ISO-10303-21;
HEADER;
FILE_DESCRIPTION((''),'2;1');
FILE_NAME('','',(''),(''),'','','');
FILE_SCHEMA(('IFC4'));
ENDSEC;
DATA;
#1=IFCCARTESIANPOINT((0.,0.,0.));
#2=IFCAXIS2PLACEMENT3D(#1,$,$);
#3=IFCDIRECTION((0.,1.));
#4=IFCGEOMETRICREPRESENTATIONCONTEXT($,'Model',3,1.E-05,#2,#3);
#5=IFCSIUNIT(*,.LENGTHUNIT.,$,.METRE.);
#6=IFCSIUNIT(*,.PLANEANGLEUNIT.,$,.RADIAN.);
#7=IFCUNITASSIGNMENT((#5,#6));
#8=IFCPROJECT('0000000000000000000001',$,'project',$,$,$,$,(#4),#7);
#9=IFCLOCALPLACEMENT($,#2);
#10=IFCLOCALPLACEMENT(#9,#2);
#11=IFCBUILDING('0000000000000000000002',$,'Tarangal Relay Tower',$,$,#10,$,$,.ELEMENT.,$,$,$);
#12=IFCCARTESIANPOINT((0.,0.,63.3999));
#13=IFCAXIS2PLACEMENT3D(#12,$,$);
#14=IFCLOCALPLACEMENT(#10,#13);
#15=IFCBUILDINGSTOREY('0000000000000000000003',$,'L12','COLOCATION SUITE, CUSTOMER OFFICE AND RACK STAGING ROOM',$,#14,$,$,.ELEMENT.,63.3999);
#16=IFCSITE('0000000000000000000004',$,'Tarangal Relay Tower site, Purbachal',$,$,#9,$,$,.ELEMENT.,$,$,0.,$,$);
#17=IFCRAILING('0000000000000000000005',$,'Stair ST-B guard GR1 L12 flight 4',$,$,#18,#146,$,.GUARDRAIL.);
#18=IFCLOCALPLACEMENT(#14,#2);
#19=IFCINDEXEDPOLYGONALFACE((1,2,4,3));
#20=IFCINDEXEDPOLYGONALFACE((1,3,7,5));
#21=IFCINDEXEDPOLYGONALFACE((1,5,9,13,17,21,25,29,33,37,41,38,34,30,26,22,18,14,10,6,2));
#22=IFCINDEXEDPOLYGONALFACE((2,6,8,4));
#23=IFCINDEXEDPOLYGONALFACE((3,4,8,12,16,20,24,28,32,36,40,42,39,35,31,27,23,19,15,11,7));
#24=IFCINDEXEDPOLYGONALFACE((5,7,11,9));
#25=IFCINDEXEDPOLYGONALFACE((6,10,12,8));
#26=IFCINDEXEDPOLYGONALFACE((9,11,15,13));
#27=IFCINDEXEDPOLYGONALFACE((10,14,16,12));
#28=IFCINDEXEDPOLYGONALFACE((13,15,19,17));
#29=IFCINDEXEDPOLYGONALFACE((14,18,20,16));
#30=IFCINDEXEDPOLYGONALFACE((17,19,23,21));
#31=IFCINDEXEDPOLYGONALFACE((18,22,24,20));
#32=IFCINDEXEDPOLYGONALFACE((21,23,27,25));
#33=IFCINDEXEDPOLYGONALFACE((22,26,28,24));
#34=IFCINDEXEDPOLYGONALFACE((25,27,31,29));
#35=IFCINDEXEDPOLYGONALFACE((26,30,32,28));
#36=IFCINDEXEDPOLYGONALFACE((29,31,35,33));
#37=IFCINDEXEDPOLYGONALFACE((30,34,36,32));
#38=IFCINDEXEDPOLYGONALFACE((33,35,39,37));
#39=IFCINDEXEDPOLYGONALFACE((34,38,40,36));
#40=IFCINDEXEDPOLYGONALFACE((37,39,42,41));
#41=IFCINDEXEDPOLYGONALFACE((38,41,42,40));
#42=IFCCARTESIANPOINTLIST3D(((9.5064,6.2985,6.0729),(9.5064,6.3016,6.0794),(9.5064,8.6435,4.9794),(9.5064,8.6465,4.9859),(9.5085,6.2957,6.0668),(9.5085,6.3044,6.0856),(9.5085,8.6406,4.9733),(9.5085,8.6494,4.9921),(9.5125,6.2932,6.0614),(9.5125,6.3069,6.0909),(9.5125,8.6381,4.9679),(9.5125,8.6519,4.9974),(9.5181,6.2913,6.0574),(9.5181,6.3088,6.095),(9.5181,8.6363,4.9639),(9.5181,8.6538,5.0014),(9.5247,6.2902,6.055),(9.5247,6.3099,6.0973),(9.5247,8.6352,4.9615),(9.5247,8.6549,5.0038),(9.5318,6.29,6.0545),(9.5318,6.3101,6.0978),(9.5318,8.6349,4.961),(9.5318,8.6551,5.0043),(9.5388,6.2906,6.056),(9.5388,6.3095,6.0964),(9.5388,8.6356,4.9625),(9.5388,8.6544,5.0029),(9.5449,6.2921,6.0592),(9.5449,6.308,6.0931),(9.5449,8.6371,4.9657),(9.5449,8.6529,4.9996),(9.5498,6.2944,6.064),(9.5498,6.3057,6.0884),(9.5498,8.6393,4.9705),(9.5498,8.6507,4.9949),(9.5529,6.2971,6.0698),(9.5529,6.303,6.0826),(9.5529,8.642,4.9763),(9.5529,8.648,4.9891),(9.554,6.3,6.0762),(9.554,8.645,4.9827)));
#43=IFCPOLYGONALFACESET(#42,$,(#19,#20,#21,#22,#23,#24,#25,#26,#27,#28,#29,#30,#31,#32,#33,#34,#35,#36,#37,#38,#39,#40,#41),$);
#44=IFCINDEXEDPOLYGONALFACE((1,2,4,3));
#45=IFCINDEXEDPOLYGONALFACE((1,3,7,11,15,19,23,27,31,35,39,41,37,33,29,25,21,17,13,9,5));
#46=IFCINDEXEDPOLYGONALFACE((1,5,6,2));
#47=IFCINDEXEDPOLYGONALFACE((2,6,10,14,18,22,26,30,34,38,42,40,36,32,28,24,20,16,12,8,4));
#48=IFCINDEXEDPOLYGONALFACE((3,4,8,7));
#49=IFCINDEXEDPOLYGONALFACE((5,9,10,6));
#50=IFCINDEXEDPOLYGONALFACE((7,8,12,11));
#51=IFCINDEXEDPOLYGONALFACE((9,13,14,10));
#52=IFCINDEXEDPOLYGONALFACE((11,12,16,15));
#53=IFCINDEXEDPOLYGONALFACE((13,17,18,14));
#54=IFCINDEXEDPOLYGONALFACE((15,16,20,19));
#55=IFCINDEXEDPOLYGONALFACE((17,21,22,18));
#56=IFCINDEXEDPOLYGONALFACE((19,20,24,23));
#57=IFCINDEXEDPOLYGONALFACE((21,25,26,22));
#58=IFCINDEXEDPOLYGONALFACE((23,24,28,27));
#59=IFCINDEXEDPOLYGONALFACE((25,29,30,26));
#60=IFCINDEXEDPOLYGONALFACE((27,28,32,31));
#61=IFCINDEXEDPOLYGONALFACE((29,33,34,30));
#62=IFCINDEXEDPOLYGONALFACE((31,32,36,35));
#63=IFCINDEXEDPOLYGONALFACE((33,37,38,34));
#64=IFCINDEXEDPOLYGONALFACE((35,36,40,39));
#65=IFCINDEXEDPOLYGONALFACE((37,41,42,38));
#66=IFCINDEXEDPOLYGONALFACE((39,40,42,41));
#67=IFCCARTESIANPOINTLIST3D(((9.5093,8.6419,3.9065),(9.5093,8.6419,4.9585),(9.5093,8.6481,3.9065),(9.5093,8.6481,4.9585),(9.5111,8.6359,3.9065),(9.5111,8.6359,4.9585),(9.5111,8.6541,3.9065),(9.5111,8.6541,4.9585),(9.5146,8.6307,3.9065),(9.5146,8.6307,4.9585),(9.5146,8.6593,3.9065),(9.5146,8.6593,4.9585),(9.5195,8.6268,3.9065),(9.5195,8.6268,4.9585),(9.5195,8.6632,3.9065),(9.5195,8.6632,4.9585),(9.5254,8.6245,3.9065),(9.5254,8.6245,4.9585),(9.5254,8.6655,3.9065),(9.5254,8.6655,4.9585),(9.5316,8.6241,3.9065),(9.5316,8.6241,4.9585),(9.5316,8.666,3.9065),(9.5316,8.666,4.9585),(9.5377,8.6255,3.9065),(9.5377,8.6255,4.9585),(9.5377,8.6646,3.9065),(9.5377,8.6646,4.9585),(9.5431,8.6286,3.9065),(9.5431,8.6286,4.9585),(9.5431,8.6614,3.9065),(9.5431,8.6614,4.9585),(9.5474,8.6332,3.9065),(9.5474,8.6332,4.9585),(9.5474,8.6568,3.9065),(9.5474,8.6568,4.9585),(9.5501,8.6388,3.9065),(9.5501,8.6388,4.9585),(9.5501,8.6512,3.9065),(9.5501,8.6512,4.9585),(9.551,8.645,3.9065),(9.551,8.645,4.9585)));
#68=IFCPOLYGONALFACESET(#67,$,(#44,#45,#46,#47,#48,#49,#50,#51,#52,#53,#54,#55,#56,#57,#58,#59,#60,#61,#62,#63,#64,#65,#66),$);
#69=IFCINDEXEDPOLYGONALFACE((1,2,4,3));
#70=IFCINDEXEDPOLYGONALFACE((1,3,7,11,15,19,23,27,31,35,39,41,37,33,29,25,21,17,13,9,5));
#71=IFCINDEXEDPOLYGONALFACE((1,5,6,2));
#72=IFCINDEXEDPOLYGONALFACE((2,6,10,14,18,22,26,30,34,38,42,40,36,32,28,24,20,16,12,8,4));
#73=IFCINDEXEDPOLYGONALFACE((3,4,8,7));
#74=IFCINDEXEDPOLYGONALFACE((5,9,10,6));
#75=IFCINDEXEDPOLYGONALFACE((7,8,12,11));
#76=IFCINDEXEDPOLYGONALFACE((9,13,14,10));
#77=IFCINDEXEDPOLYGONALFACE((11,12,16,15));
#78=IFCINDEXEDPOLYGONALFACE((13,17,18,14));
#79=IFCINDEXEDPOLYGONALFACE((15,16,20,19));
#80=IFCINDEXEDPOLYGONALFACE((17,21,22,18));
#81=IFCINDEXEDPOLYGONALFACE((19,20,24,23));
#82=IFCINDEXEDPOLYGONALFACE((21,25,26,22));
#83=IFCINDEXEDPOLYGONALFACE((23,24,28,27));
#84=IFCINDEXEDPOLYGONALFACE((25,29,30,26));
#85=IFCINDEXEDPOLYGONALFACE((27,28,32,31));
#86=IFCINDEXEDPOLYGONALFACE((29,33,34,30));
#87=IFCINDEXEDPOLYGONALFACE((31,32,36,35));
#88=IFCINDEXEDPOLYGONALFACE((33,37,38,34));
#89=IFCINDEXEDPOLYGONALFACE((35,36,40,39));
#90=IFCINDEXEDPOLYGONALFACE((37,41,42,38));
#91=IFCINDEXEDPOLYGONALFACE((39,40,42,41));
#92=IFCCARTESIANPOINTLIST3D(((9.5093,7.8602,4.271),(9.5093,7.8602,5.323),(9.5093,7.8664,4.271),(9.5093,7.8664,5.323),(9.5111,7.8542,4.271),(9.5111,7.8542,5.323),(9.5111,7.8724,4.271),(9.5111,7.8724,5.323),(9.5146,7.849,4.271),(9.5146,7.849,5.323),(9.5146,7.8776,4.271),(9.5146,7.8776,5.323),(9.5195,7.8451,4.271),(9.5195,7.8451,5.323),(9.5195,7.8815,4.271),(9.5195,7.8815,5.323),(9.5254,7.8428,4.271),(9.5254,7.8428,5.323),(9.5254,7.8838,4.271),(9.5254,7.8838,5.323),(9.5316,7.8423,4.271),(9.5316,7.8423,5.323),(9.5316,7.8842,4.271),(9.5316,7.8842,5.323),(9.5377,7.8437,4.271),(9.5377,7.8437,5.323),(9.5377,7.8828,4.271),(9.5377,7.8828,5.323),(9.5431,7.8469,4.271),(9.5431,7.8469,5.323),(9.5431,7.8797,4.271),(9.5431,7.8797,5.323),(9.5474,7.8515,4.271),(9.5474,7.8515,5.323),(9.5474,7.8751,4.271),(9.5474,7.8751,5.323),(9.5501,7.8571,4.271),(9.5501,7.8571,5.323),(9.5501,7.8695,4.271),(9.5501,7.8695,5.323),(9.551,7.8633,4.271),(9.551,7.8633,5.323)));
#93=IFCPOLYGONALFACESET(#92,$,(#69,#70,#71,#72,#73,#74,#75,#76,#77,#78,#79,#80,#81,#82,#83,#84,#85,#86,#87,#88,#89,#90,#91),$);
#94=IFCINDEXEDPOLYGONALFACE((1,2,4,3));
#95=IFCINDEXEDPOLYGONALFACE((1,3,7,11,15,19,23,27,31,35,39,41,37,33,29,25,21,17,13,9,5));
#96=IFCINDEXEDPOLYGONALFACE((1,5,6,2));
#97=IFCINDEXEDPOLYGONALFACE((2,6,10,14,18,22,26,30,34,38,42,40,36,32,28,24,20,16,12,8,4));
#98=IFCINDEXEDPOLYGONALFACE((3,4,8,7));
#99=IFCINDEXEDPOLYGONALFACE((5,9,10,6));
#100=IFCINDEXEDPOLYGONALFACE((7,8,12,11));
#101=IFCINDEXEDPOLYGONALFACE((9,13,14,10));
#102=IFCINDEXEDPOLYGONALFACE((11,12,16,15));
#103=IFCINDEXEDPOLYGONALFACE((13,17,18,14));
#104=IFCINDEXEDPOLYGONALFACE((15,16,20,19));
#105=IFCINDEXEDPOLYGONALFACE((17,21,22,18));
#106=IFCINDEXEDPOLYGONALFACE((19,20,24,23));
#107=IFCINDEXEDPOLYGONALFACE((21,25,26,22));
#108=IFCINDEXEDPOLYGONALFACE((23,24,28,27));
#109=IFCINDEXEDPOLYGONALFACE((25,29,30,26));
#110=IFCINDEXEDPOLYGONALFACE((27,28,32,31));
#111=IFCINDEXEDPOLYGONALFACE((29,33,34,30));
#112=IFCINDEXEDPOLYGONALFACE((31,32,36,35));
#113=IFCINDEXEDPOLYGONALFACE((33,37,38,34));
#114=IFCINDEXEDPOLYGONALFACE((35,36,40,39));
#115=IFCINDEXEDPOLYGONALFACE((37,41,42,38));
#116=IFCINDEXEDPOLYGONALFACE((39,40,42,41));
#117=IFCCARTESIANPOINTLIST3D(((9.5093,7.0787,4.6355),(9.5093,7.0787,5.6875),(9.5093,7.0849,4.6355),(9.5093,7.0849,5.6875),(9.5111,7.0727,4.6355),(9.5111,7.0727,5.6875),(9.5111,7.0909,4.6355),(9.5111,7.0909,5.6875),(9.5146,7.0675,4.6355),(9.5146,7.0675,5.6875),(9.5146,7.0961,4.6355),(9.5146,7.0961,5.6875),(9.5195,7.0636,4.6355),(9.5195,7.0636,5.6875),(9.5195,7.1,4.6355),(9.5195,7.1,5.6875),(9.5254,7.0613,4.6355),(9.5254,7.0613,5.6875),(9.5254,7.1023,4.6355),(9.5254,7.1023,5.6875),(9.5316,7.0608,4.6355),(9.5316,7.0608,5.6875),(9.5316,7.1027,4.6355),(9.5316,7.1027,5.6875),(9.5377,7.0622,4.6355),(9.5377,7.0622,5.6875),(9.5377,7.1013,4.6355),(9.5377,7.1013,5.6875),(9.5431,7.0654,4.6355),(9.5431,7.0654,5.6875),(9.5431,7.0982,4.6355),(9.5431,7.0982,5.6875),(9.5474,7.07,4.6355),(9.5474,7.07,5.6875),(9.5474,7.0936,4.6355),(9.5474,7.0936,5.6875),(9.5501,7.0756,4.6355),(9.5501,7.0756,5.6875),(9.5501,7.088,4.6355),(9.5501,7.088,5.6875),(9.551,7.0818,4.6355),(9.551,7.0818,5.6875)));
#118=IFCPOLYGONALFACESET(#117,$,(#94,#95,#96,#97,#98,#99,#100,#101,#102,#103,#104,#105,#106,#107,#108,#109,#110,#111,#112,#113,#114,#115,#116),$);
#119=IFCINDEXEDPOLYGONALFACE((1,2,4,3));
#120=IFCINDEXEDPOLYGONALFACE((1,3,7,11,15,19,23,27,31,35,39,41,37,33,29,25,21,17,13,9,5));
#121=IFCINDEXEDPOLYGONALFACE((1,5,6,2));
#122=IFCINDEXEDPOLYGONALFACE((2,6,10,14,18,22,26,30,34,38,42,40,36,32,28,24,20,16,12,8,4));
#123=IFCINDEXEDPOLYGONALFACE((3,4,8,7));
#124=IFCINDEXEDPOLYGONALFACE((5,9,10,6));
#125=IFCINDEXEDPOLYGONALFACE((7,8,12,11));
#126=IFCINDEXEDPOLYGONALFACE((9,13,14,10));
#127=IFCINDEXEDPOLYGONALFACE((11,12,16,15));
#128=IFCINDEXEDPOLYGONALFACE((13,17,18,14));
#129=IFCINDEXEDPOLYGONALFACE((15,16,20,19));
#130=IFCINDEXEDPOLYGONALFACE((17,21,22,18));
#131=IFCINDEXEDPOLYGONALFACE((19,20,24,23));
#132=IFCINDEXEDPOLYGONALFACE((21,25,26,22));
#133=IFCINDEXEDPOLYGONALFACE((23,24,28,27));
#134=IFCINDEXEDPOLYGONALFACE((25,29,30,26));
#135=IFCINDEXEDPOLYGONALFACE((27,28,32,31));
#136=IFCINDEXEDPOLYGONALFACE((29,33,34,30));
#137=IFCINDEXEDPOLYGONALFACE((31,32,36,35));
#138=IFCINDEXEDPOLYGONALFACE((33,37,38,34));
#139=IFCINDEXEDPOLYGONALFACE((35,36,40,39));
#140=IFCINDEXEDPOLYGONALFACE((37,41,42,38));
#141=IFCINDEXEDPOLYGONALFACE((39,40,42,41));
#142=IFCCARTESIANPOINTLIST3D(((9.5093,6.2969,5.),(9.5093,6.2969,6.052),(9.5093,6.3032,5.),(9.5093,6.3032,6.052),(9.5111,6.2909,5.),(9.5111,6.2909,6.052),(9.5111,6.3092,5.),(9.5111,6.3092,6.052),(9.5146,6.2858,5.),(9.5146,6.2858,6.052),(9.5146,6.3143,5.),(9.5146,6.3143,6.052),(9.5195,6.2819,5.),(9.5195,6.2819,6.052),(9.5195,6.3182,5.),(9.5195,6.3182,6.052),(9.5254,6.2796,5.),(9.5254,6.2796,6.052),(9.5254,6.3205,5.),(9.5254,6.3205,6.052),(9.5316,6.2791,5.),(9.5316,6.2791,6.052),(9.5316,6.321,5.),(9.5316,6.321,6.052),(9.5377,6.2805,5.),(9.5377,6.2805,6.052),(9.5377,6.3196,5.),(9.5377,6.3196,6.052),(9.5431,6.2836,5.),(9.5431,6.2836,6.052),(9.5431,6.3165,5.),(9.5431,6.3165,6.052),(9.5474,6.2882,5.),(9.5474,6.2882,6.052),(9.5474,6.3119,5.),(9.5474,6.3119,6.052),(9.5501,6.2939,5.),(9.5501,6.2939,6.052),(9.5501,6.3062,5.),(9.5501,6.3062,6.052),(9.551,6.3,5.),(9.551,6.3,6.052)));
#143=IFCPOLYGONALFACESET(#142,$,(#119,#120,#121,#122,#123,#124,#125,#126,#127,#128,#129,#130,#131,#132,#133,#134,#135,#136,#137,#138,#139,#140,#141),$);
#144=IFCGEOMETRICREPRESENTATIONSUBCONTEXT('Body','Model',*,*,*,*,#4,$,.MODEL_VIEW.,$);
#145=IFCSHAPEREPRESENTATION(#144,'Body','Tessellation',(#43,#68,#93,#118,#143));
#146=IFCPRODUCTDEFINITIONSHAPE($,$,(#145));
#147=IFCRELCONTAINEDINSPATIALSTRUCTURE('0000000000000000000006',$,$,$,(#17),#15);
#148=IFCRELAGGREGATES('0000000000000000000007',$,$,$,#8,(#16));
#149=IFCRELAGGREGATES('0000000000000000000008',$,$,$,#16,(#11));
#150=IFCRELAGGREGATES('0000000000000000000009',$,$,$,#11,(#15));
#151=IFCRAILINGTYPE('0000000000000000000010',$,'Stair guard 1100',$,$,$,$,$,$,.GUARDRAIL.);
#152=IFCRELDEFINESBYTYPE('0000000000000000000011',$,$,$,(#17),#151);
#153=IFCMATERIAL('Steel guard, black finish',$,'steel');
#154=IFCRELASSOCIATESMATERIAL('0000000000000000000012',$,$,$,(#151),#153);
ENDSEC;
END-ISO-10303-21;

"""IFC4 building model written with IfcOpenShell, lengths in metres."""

from ifc_helpers import new_model, si_unit, direction, frame, origin, origin_2d, place, context, subcontext, project, spatial, circle, extrude, material, type_object, element, save


model = new_model("IFC4")

# Units and contexts
model_context = context("Model", 3, precision=1e-05, world=origin(), true_north=direction((0.0, 1.0)))
body_context = subcontext(model_context, "Body", "Model", "MODEL_VIEW")
ifc_project = project(units=[si_unit("LENGTHUNIT", "METRE"), si_unit("PLANEANGLEUNIT", "RADIAN")], contexts=[model_context])

# Site, building, storey
site_placement = place(None, origin())
site = spatial("IfcSite", under=ifc_project, at=site_placement, Name="Tarangal Relay Tower site, Purbachal", CompositionType="ELEMENT", RefElevation=0.0)
building_placement = place(site_placement, origin())
building = spatial("IfcBuilding", under=site, at=building_placement, Name="Tarangal Relay Tower", CompositionType="ELEMENT")
storey_placement = place(building_placement, frame((0.0, 0.0, 63.3999)))
storey = spatial("IfcBuildingStorey", under=building, at=storey_placement, Name="L12", Description="COLOCATION SUITE, CUSTOMER OFFICE AND RACK STAGING ROOM", CompositionType="ELEMENT", Elevation=63.3999)

# Railing
ifc_material_1 = material(Name="Steel guard, black finish", Category="steel")
railing_type_1 = type_object("IfcRailingType", Name="Stair guard 1100", PredefinedType="GUARDRAIL", material=ifc_material_1)
railing_1_placement = place(storey_placement, frame((9.53, 8.645, 3.9065)))
element("IfcRailing", 1, at=railing_1_placement, inside=storey, type_object=railing_type_1, Name="Stair ST-B guard GR1 L12 flight 4", PredefinedType="GUARDRAIL", context=body_context, shape_type="SweptSolid", body=[
    extrude(circle(Radius=0.0239, at=origin_2d()), frame((0.0, 0.0, 1.0762), z_axis=(0.0, -0.906304, 0.422627), x_axis=(1.0, 0.0, 0.0)), (0.0, 0.0, 1.0), 2.5874),
    extrude(circle(Radius=0.021, at=origin_2d()), origin(), (0.0, 0.0, 1.0), 1.052),
    extrude(circle(Radius=0.021, at=origin_2d()), frame((0.0, -0.7817, 0.3645)), (0.0, 0.0, 1.0), 1.052),
    extrude(circle(Radius=0.021, at=origin_2d()), frame((0.0, -1.5632, 0.729)), (0.0, 0.0, 1.0), 1.052),
    extrude(circle(Radius=0.021, at=origin_2d()), frame((0.0, -2.345, 1.0935)), (0.0, 0.0, 1.0), 1.052),
])

save(model, "model.ifc")
